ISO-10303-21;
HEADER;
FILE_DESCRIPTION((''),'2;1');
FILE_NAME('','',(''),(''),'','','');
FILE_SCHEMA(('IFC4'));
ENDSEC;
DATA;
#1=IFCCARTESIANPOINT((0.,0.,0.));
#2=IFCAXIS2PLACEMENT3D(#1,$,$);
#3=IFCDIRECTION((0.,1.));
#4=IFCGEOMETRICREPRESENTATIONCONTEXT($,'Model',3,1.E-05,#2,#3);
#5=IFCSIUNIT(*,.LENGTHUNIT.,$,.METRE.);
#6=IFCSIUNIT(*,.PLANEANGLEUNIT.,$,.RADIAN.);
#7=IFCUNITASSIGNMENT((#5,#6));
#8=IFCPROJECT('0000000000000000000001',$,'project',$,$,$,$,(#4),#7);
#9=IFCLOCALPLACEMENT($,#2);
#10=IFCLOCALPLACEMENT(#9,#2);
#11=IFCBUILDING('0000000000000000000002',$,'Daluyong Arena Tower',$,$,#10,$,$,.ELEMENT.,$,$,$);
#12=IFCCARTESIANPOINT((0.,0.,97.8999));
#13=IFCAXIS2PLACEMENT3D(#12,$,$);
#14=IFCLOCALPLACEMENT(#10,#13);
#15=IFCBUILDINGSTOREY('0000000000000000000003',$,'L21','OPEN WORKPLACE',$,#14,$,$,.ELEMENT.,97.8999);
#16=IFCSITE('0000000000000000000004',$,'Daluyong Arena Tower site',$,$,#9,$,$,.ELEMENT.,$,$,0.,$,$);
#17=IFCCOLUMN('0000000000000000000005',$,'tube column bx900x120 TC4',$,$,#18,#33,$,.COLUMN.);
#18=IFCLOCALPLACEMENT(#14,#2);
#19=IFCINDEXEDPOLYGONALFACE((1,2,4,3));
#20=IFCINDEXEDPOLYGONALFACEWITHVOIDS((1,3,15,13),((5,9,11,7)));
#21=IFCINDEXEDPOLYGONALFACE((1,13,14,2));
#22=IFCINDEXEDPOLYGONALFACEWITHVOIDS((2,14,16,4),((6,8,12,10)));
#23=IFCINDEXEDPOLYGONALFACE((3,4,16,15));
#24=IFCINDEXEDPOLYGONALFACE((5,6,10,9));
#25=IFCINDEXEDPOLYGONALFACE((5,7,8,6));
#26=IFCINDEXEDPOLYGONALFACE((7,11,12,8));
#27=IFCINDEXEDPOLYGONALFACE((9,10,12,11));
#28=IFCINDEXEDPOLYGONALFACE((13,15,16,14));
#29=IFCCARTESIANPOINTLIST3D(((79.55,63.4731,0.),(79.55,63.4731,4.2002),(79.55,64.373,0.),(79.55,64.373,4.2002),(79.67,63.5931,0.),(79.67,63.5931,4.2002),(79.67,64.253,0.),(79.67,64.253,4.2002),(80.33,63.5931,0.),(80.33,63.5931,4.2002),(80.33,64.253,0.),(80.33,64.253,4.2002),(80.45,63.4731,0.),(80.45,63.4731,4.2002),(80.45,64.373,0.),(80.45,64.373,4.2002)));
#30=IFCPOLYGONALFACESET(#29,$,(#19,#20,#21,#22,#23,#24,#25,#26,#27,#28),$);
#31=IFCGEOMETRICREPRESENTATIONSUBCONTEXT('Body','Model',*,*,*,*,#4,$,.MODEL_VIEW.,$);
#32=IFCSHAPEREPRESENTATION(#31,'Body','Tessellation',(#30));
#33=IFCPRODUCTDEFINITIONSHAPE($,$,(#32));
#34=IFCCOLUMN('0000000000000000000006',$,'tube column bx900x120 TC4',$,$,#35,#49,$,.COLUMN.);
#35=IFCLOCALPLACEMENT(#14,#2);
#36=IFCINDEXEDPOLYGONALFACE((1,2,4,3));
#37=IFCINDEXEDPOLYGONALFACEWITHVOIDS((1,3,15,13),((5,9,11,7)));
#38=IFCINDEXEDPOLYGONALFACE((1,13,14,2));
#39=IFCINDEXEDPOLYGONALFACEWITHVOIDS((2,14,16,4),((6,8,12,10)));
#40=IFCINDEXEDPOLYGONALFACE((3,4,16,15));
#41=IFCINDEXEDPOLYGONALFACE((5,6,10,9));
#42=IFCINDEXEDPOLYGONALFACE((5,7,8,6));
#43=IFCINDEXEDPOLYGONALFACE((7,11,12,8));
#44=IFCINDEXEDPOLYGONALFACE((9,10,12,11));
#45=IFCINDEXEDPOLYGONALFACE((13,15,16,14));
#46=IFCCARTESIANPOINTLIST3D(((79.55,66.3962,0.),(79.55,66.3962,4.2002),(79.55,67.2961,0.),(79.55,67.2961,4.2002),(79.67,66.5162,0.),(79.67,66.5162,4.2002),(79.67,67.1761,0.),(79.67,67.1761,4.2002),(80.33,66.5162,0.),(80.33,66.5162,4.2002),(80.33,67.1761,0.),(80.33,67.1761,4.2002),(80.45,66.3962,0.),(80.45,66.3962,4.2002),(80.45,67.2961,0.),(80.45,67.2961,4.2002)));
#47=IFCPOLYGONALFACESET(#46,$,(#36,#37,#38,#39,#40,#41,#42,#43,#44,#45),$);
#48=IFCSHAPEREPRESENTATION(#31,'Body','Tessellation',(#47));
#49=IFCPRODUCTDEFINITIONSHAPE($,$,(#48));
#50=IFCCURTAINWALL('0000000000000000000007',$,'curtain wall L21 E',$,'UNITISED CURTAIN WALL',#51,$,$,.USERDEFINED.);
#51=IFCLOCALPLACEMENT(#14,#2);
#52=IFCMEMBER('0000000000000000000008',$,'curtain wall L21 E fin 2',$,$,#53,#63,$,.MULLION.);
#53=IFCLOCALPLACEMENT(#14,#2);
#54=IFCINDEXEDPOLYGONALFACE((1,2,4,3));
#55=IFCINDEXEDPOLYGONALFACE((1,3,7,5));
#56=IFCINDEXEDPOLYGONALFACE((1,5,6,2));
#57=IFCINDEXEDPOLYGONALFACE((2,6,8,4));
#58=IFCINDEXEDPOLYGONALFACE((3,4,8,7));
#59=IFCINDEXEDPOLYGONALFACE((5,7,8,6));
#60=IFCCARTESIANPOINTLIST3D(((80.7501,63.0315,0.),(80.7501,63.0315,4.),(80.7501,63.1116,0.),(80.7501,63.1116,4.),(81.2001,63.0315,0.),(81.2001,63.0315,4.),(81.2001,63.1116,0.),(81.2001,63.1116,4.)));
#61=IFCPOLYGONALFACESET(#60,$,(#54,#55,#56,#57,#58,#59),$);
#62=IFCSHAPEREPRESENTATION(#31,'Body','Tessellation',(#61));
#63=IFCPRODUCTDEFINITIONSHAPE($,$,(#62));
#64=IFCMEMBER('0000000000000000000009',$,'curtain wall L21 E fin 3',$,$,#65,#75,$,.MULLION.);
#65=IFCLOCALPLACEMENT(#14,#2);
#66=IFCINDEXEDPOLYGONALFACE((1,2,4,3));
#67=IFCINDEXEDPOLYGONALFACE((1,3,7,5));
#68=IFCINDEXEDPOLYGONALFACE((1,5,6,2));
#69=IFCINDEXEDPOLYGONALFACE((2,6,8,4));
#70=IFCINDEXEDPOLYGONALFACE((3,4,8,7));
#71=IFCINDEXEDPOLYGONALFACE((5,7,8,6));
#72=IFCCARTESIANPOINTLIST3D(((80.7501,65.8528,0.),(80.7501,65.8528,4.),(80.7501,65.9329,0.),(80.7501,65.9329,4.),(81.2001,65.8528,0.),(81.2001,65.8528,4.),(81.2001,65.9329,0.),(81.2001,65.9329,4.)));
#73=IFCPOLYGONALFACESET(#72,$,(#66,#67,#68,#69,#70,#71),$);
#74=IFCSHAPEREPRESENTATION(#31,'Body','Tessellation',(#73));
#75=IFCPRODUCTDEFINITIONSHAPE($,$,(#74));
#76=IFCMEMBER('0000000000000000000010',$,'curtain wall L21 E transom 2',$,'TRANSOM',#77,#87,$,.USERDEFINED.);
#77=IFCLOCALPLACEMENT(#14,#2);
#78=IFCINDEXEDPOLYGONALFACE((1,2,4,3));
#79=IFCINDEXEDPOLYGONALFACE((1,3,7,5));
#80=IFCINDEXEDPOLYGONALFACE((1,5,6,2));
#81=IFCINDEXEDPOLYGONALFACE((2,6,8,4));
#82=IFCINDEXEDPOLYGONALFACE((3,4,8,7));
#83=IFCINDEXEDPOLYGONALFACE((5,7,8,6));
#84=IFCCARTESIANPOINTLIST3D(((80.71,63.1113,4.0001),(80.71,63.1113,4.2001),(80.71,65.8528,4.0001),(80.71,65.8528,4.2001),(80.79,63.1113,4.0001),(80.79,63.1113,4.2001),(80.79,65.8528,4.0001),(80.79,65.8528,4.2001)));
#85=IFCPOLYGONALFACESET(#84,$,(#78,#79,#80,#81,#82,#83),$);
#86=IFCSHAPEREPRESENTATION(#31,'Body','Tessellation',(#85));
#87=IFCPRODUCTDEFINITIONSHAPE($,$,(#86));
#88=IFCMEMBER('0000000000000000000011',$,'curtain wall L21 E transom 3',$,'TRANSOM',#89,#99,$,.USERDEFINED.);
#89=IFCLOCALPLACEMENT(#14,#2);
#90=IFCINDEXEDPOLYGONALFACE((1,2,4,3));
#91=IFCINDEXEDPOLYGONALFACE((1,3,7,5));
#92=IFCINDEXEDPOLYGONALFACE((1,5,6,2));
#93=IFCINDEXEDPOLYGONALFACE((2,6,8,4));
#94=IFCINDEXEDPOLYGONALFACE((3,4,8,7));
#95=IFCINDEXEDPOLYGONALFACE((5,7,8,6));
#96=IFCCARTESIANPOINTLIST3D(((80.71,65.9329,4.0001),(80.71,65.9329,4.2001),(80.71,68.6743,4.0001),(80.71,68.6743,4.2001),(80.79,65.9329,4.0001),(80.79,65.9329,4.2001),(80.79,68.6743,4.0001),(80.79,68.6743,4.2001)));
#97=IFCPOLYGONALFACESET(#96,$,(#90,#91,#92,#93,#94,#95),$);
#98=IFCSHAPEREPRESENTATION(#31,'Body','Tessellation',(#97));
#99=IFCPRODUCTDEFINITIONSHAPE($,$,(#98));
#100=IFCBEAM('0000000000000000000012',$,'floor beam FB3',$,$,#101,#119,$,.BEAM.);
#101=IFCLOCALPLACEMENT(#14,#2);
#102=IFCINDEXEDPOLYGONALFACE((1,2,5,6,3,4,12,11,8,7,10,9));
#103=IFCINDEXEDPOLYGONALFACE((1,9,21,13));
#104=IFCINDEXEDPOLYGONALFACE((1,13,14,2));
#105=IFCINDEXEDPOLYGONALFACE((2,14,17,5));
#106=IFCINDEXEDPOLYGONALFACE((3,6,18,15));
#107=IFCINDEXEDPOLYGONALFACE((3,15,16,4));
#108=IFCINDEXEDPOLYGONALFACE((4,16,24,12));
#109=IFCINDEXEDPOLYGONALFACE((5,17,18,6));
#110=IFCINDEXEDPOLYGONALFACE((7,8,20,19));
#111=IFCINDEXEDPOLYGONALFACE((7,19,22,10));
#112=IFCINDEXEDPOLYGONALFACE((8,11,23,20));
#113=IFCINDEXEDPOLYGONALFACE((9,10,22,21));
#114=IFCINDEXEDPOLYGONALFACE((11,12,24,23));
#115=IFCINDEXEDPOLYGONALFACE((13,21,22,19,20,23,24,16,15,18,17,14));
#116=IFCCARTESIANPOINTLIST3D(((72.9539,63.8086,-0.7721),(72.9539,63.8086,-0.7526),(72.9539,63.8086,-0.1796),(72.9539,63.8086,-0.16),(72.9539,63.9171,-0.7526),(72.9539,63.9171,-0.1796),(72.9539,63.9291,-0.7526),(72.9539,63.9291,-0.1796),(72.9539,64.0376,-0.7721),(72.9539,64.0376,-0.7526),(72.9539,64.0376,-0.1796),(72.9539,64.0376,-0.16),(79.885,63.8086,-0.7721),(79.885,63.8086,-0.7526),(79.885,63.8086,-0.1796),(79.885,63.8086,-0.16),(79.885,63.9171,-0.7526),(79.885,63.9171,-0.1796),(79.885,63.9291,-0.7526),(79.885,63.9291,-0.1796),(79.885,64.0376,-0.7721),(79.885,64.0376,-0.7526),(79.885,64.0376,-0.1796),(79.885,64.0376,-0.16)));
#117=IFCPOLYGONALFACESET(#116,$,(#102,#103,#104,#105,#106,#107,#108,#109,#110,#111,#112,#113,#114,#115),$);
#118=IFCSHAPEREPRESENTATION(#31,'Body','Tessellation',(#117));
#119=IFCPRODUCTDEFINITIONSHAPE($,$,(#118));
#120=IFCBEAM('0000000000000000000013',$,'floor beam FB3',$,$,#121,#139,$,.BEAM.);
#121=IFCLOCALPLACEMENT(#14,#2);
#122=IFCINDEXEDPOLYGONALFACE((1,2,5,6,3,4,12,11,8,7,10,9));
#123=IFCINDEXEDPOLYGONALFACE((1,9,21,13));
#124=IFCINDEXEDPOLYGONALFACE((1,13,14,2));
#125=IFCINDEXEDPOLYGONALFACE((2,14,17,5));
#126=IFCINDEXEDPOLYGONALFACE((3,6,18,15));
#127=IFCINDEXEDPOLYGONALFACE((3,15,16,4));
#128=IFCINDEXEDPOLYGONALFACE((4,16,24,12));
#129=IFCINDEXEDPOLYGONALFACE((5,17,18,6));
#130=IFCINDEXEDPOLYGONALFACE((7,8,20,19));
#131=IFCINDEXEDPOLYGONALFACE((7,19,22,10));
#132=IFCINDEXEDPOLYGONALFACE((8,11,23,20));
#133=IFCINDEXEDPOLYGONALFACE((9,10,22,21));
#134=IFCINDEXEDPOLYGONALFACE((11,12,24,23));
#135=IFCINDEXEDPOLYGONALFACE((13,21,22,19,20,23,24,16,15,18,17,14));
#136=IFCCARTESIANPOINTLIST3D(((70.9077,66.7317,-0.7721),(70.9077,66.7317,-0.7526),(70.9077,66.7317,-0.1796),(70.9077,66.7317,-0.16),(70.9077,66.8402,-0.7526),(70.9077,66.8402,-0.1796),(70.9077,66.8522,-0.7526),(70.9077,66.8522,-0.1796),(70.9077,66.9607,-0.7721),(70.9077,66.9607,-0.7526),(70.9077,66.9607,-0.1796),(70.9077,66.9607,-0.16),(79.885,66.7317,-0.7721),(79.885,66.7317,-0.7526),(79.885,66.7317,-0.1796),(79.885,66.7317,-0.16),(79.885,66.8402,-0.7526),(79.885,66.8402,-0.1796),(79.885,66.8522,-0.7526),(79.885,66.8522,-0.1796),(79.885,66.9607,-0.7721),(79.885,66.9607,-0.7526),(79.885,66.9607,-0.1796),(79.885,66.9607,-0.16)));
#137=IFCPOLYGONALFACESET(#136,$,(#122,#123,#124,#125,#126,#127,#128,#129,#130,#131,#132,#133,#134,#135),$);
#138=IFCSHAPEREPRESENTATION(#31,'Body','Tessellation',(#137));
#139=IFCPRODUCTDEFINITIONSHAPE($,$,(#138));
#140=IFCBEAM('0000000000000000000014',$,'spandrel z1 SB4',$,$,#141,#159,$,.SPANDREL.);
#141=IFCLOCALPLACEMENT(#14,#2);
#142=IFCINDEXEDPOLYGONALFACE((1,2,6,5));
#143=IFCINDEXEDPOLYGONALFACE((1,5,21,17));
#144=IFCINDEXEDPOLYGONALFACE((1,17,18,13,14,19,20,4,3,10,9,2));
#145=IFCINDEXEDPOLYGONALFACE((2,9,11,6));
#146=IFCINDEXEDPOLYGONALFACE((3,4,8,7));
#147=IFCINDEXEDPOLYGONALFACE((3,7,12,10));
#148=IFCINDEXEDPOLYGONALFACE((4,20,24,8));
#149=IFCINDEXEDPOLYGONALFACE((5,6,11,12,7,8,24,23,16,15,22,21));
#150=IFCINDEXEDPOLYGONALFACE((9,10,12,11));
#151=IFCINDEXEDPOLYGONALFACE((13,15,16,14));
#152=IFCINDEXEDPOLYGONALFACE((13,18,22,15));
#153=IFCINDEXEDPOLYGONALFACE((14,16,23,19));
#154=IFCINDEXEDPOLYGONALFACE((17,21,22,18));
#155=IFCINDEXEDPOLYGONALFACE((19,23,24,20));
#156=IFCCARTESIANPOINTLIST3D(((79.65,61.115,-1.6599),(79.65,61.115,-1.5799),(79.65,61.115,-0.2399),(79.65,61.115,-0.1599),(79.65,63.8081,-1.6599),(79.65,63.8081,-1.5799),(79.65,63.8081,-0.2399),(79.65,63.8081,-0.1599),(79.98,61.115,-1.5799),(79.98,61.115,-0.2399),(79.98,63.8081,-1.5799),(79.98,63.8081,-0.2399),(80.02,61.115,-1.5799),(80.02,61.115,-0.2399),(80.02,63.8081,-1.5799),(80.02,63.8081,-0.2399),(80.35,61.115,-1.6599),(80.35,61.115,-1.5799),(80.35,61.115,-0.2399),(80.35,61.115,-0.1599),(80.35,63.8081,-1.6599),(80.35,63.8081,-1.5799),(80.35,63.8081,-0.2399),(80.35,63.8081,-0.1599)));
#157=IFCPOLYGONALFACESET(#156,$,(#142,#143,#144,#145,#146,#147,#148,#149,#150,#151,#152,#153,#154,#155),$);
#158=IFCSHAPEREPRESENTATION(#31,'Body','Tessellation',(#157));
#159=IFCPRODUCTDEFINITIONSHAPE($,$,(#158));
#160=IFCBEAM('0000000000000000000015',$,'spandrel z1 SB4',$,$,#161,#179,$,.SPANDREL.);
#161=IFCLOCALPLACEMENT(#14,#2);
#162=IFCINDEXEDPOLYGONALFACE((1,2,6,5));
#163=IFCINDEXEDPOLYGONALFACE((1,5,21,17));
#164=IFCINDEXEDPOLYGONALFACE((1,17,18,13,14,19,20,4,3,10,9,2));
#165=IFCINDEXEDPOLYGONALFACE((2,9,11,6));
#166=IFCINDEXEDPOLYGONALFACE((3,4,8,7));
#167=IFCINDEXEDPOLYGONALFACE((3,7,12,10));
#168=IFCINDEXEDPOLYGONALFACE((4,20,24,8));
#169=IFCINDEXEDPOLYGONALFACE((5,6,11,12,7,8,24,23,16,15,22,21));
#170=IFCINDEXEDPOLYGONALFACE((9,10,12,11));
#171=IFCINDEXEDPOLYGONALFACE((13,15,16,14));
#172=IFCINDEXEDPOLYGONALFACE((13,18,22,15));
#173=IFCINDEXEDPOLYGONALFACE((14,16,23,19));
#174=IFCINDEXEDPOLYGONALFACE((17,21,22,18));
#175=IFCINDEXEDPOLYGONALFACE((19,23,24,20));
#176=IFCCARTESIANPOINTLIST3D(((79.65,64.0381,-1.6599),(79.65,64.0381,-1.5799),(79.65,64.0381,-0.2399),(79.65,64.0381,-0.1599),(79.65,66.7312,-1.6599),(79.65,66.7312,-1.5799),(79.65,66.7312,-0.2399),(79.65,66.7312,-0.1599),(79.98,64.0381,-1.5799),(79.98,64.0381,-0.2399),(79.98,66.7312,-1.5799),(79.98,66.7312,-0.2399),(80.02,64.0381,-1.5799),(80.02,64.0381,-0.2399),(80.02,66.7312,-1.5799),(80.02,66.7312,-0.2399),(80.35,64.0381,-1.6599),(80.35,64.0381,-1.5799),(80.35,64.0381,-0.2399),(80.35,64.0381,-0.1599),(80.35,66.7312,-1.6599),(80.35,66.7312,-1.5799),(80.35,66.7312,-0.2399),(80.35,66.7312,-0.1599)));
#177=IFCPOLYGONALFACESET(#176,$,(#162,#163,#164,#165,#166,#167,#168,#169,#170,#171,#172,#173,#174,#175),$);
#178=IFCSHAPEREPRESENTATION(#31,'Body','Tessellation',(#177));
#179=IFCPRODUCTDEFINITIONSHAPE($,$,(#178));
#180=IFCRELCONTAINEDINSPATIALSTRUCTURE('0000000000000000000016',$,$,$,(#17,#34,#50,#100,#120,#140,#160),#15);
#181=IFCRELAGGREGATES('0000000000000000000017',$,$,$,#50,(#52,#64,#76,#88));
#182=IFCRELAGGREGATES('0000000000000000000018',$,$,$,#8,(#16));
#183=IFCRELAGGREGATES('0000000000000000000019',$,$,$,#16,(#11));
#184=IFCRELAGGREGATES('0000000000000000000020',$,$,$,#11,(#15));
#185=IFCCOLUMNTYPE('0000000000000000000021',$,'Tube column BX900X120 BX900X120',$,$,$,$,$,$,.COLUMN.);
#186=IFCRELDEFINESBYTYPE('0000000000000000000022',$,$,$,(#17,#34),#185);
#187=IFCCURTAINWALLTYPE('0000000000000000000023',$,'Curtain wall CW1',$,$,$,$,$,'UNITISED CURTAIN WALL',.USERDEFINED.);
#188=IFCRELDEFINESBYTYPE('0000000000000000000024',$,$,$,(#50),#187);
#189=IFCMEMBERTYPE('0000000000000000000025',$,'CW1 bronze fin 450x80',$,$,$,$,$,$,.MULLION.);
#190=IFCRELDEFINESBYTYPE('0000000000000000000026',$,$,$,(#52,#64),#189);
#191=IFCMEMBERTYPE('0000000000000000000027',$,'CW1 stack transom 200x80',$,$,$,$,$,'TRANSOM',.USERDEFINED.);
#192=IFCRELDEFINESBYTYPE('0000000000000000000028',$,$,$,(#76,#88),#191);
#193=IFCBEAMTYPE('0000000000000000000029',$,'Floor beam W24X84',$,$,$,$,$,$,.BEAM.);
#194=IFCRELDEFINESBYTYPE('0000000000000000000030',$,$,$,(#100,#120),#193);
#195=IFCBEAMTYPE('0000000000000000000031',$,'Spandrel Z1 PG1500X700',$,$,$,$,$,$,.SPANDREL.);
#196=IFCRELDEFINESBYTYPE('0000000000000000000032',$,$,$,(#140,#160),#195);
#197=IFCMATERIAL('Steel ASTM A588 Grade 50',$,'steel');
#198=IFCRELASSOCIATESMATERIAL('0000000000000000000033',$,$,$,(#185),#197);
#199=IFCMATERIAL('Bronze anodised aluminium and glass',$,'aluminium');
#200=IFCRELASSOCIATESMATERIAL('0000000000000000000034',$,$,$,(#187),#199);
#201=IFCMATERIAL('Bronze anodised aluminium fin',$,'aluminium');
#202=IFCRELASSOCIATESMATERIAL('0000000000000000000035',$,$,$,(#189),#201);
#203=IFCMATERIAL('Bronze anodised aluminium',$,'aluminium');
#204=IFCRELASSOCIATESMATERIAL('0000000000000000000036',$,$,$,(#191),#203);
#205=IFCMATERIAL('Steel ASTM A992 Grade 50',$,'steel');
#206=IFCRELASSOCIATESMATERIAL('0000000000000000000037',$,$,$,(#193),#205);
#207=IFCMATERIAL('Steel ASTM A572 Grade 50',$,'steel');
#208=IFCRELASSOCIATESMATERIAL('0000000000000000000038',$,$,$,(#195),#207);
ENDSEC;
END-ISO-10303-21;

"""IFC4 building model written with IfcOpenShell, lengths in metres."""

from ifc_helpers import new_model, si_unit, direction, frame, origin, origin_2d, place, context, subcontext, project, spatial, rectangle, hollow_rectangle, i_section, extrude, material, material_profile, profile_set, type_object, element, aggregate, save


model = new_model("IFC4")

# Units and contexts
model_context = context("Model", 3, precision=1e-05, world=origin(), true_north=direction((0.0, 1.0)))
body_context = subcontext(model_context, "Body", "Model", "MODEL_VIEW")
ifc_project = project(units=[si_unit("LENGTHUNIT", "METRE"), si_unit("PLANEANGLEUNIT", "RADIAN")], contexts=[model_context])

# Site, building, storey
site_placement = place(None, origin())
site = spatial("IfcSite", under=ifc_project, at=site_placement, Name="Daluyong Arena Tower site", CompositionType="ELEMENT", RefElevation=0.0)
building_placement = place(site_placement, origin())
building = spatial("IfcBuilding", under=site, at=building_placement, Name="Daluyong Arena Tower", CompositionType="ELEMENT")
storey_placement = place(building_placement, frame((0.0, 0.0, 97.8999)))
storey = spatial("IfcBuildingStorey", under=building, at=storey_placement, Name="L21", Description="OPEN WORKPLACE", CompositionType="ELEMENT", Elevation=97.8999)

# Columns
ifc_material_1 = material(Name="Steel ASTM A588 Grade 50", Category="steel")
ifc_material_profile_1 = material_profile(ifc_material_1, hollow_rectangle(XDim=0.8999, YDim=0.8999, WallThickness=0.12, at=origin_2d()))
ifc_profile_set_1 = profile_set([ifc_material_profile_1], Name="Steel ASTM A588 Grade 50")
column_type = type_object("IfcColumnType", Name="Tube column BX900X120 BX900X120", PredefinedType="COLUMN", material=ifc_profile_set_1)
for number, where, z_axis, x_axis, name in (
    (1, (80.0, 63.9231, 0.0), (0.0, 0.0, 1.0), (0.0, 1.0, 0.0), "tube column bx900x120 TC4"),
    (2, (80.0, 66.8462, 0.0), (0.0, 0.0, 1.0), (0.0, 1.0, 0.0), "tube column bx900x120 TC4"),
):
    element("IfcColumn", number, at=place(storey_placement, frame(where, z_axis=z_axis, x_axis=x_axis)), inside=storey, type_object=column_type, Name=name, PredefinedType="COLUMN", context=body_context, shape_type="SweptSolid", body=[
        extrude(hollow_rectangle(XDim=0.8999, YDim=0.8999, WallThickness=0.12, at=origin_2d()), origin(), (0.0, 0.0, 1.0), 4.2002),
    ])

# Curtain wall, members
ifc_material_2 = material(Name="Bronze anodised aluminium and glass", Category="aluminium")
curtain_wall_type = type_object("IfcCurtainWallType", Name="Curtain wall CW1", ElementType="UNITISED CURTAIN WALL", PredefinedType="USERDEFINED", material=ifc_material_2)
curtain_wall_placement = place(storey_placement, origin())
curtain_wall = element("IfcCurtainWall", 3, at=curtain_wall_placement, inside=storey, type_object=curtain_wall_type, Name="curtain wall L21 E", ObjectType="UNITISED CURTAIN WALL", PredefinedType="USERDEFINED")
ifc_material_3 = material(Name="Bronze anodised aluminium fin", Category="aluminium")
ifc_material_profile_2 = material_profile(ifc_material_3, rectangle(XDim=0.45, YDim=0.0801, at=origin_2d()))
ifc_profile_set_2 = profile_set([ifc_material_profile_2], Name="Bronze anodised aluminium fin")
member_type_1 = type_object("IfcMemberType", Name="CW1 bronze fin 450x80", PredefinedType="MULLION", material=ifc_profile_set_2)
member_1_placement = place(storey_placement, frame((80.9751, 63.0715, 0.0), z_axis=(0.0, 0.0, 1.0), x_axis=(-1.0, 0.0, 0.0)))
member_1 = element("IfcMember", 4, at=member_1_placement, type_object=member_type_1, Name="curtain wall L21 E fin 2", PredefinedType="MULLION", context=body_context, shape_type="SweptSolid", body=[
    extrude(rectangle(XDim=0.45, YDim=0.0801, at=origin_2d()), origin(), (0.0, 0.0, 1.0), 4.0),
])
member_2_placement = place(storey_placement, frame((80.9751, 65.8928, 0.0), z_axis=(0.0, 0.0, 1.0), x_axis=(-1.0, 0.0, 0.0)))
member_2 = element("IfcMember", 5, at=member_2_placement, type_object=member_type_1, Name="curtain wall L21 E fin 3", PredefinedType="MULLION", context=body_context, shape_type="SweptSolid", body=[
    extrude(rectangle(XDim=0.45, YDim=0.0801, at=origin_2d()), origin(), (0.0, 0.0, 1.0), 4.0),
])
ifc_material_4 = material(Name="Bronze anodised aluminium", Category="aluminium")
ifc_material_profile_3 = material_profile(ifc_material_4, rectangle(XDim=0.0801, YDim=0.2, at=origin_2d()))
ifc_profile_set_3 = profile_set([ifc_material_profile_3], Name="Bronze anodised aluminium")
member_type_2 = type_object("IfcMemberType", Name="CW1 stack transom 200x80", ElementType="TRANSOM", PredefinedType="USERDEFINED", material=ifc_profile_set_3)
member_3_placement = place(storey_placement, frame((80.75, 63.1113, 4.1001), z_axis=(0.0, 1.0, 0.0), x_axis=(-1.0, 0.0, 0.0)))
member_3 = element("IfcMember", 6, at=member_3_placement, type_object=member_type_2, Name="curtain wall L21 E transom 2", ObjectType="TRANSOM", PredefinedType="USERDEFINED", context=body_context, shape_type="SweptSolid", body=[
    extrude(rectangle(XDim=0.0801, YDim=0.2, at=origin_2d()), origin(), (0.0, 0.0, 1.0), 2.7415),
])
member_4_placement = place(storey_placement, frame((80.75, 65.9329, 4.1001), z_axis=(0.0, 1.0, 0.0), x_axis=(-1.0, 0.0, 0.0)))
member_4 = element("IfcMember", 7, at=member_4_placement, type_object=member_type_2, Name="curtain wall L21 E transom 3", ObjectType="TRANSOM", PredefinedType="USERDEFINED", context=body_context, shape_type="SweptSolid", body=[
    extrude(rectangle(XDim=0.0801, YDim=0.2, at=origin_2d()), origin(), (0.0, 0.0, 1.0), 2.7415),
])

# Beams
ifc_material_5 = material(Name="Steel ASTM A992 Grade 50", Category="steel")
ifc_material_profile_4 = material_profile(ifc_material_5, i_section(OverallWidth=0.229, OverallDepth=0.6121, WebThickness=0.012, FlangeThickness=0.0195, at=origin_2d()))
ifc_profile_set_4 = profile_set([ifc_material_profile_4], Name="Steel ASTM A992 Grade 50")
beam_type_1 = type_object("IfcBeamType", Name="Floor beam W24X84", PredefinedType="BEAM", material=ifc_profile_set_4)
beam_1_placement = place(storey_placement, frame((79.885, 63.9231, -0.4661), z_axis=(-1.0, 0.0, 0.0), x_axis=(0.0, -1.0, 0.0)))
element("IfcBeam", 8, at=beam_1_placement, inside=storey, type_object=beam_type_1, Name="floor beam FB3", PredefinedType="BEAM", context=body_context, shape_type="SweptSolid", body=[
    extrude(i_section(OverallWidth=0.229, OverallDepth=0.6121, WebThickness=0.012, FlangeThickness=0.0195, at=origin_2d()), origin(), (0.0, 0.0, 1.0), 6.9312),
])
beam_2_placement = place(storey_placement, frame((79.885, 66.8462, -0.4661), z_axis=(-1.0, 0.0, 0.0), x_axis=(0.0, -1.0, 0.0)))
element("IfcBeam", 9, at=beam_2_placement, inside=storey, type_object=beam_type_1, Name="floor beam FB3", PredefinedType="BEAM", context=body_context, shape_type="SweptSolid", body=[
    extrude(i_section(OverallWidth=0.229, OverallDepth=0.6121, WebThickness=0.012, FlangeThickness=0.0195, at=origin_2d()), origin(), (0.0, 0.0, 1.0), 8.9773),
])
ifc_material_6 = material(Name="Steel ASTM A572 Grade 50", Category="steel")
ifc_material_profile_5 = material_profile(ifc_material_6, i_section(OverallWidth=0.7, OverallDepth=1.5, WebThickness=0.04, FlangeThickness=0.08, at=origin_2d()))
ifc_profile_set_5 = profile_set([ifc_material_profile_5], Name="Steel ASTM A572 Grade 50")
beam_type_2 = type_object("IfcBeamType", Name="Spandrel Z1 PG1500X700", PredefinedType="SPANDREL", material=ifc_profile_set_5)
for number, where, z_axis, x_axis, name in (
    (10, (80.0, 61.115, -0.9099), (0.0, 1.0, 0.0), (-1.0, 0.0, 0.0), "spandrel z1 SB4"),
    (11, (80.0, 64.0381, -0.9099), (0.0, 1.0, 0.0), (-1.0, 0.0, 0.0), "spandrel z1 SB4"),
):
    element("IfcBeam", number, at=place(storey_placement, frame(where, z_axis=z_axis, x_axis=x_axis)), inside=storey, type_object=beam_type_2, Name=name, PredefinedType="SPANDREL", context=body_context, shape_type="SweptSolid", body=[
        extrude(i_section(OverallWidth=0.7, OverallDepth=1.5, WebThickness=0.04, FlangeThickness=0.08, at=origin_2d()), origin(), (0.0, 0.0, 1.0), 2.6931),
    ])

aggregate(curtain_wall, [member_1, member_2, member_3, member_4])

save(model, "model.ifc")
